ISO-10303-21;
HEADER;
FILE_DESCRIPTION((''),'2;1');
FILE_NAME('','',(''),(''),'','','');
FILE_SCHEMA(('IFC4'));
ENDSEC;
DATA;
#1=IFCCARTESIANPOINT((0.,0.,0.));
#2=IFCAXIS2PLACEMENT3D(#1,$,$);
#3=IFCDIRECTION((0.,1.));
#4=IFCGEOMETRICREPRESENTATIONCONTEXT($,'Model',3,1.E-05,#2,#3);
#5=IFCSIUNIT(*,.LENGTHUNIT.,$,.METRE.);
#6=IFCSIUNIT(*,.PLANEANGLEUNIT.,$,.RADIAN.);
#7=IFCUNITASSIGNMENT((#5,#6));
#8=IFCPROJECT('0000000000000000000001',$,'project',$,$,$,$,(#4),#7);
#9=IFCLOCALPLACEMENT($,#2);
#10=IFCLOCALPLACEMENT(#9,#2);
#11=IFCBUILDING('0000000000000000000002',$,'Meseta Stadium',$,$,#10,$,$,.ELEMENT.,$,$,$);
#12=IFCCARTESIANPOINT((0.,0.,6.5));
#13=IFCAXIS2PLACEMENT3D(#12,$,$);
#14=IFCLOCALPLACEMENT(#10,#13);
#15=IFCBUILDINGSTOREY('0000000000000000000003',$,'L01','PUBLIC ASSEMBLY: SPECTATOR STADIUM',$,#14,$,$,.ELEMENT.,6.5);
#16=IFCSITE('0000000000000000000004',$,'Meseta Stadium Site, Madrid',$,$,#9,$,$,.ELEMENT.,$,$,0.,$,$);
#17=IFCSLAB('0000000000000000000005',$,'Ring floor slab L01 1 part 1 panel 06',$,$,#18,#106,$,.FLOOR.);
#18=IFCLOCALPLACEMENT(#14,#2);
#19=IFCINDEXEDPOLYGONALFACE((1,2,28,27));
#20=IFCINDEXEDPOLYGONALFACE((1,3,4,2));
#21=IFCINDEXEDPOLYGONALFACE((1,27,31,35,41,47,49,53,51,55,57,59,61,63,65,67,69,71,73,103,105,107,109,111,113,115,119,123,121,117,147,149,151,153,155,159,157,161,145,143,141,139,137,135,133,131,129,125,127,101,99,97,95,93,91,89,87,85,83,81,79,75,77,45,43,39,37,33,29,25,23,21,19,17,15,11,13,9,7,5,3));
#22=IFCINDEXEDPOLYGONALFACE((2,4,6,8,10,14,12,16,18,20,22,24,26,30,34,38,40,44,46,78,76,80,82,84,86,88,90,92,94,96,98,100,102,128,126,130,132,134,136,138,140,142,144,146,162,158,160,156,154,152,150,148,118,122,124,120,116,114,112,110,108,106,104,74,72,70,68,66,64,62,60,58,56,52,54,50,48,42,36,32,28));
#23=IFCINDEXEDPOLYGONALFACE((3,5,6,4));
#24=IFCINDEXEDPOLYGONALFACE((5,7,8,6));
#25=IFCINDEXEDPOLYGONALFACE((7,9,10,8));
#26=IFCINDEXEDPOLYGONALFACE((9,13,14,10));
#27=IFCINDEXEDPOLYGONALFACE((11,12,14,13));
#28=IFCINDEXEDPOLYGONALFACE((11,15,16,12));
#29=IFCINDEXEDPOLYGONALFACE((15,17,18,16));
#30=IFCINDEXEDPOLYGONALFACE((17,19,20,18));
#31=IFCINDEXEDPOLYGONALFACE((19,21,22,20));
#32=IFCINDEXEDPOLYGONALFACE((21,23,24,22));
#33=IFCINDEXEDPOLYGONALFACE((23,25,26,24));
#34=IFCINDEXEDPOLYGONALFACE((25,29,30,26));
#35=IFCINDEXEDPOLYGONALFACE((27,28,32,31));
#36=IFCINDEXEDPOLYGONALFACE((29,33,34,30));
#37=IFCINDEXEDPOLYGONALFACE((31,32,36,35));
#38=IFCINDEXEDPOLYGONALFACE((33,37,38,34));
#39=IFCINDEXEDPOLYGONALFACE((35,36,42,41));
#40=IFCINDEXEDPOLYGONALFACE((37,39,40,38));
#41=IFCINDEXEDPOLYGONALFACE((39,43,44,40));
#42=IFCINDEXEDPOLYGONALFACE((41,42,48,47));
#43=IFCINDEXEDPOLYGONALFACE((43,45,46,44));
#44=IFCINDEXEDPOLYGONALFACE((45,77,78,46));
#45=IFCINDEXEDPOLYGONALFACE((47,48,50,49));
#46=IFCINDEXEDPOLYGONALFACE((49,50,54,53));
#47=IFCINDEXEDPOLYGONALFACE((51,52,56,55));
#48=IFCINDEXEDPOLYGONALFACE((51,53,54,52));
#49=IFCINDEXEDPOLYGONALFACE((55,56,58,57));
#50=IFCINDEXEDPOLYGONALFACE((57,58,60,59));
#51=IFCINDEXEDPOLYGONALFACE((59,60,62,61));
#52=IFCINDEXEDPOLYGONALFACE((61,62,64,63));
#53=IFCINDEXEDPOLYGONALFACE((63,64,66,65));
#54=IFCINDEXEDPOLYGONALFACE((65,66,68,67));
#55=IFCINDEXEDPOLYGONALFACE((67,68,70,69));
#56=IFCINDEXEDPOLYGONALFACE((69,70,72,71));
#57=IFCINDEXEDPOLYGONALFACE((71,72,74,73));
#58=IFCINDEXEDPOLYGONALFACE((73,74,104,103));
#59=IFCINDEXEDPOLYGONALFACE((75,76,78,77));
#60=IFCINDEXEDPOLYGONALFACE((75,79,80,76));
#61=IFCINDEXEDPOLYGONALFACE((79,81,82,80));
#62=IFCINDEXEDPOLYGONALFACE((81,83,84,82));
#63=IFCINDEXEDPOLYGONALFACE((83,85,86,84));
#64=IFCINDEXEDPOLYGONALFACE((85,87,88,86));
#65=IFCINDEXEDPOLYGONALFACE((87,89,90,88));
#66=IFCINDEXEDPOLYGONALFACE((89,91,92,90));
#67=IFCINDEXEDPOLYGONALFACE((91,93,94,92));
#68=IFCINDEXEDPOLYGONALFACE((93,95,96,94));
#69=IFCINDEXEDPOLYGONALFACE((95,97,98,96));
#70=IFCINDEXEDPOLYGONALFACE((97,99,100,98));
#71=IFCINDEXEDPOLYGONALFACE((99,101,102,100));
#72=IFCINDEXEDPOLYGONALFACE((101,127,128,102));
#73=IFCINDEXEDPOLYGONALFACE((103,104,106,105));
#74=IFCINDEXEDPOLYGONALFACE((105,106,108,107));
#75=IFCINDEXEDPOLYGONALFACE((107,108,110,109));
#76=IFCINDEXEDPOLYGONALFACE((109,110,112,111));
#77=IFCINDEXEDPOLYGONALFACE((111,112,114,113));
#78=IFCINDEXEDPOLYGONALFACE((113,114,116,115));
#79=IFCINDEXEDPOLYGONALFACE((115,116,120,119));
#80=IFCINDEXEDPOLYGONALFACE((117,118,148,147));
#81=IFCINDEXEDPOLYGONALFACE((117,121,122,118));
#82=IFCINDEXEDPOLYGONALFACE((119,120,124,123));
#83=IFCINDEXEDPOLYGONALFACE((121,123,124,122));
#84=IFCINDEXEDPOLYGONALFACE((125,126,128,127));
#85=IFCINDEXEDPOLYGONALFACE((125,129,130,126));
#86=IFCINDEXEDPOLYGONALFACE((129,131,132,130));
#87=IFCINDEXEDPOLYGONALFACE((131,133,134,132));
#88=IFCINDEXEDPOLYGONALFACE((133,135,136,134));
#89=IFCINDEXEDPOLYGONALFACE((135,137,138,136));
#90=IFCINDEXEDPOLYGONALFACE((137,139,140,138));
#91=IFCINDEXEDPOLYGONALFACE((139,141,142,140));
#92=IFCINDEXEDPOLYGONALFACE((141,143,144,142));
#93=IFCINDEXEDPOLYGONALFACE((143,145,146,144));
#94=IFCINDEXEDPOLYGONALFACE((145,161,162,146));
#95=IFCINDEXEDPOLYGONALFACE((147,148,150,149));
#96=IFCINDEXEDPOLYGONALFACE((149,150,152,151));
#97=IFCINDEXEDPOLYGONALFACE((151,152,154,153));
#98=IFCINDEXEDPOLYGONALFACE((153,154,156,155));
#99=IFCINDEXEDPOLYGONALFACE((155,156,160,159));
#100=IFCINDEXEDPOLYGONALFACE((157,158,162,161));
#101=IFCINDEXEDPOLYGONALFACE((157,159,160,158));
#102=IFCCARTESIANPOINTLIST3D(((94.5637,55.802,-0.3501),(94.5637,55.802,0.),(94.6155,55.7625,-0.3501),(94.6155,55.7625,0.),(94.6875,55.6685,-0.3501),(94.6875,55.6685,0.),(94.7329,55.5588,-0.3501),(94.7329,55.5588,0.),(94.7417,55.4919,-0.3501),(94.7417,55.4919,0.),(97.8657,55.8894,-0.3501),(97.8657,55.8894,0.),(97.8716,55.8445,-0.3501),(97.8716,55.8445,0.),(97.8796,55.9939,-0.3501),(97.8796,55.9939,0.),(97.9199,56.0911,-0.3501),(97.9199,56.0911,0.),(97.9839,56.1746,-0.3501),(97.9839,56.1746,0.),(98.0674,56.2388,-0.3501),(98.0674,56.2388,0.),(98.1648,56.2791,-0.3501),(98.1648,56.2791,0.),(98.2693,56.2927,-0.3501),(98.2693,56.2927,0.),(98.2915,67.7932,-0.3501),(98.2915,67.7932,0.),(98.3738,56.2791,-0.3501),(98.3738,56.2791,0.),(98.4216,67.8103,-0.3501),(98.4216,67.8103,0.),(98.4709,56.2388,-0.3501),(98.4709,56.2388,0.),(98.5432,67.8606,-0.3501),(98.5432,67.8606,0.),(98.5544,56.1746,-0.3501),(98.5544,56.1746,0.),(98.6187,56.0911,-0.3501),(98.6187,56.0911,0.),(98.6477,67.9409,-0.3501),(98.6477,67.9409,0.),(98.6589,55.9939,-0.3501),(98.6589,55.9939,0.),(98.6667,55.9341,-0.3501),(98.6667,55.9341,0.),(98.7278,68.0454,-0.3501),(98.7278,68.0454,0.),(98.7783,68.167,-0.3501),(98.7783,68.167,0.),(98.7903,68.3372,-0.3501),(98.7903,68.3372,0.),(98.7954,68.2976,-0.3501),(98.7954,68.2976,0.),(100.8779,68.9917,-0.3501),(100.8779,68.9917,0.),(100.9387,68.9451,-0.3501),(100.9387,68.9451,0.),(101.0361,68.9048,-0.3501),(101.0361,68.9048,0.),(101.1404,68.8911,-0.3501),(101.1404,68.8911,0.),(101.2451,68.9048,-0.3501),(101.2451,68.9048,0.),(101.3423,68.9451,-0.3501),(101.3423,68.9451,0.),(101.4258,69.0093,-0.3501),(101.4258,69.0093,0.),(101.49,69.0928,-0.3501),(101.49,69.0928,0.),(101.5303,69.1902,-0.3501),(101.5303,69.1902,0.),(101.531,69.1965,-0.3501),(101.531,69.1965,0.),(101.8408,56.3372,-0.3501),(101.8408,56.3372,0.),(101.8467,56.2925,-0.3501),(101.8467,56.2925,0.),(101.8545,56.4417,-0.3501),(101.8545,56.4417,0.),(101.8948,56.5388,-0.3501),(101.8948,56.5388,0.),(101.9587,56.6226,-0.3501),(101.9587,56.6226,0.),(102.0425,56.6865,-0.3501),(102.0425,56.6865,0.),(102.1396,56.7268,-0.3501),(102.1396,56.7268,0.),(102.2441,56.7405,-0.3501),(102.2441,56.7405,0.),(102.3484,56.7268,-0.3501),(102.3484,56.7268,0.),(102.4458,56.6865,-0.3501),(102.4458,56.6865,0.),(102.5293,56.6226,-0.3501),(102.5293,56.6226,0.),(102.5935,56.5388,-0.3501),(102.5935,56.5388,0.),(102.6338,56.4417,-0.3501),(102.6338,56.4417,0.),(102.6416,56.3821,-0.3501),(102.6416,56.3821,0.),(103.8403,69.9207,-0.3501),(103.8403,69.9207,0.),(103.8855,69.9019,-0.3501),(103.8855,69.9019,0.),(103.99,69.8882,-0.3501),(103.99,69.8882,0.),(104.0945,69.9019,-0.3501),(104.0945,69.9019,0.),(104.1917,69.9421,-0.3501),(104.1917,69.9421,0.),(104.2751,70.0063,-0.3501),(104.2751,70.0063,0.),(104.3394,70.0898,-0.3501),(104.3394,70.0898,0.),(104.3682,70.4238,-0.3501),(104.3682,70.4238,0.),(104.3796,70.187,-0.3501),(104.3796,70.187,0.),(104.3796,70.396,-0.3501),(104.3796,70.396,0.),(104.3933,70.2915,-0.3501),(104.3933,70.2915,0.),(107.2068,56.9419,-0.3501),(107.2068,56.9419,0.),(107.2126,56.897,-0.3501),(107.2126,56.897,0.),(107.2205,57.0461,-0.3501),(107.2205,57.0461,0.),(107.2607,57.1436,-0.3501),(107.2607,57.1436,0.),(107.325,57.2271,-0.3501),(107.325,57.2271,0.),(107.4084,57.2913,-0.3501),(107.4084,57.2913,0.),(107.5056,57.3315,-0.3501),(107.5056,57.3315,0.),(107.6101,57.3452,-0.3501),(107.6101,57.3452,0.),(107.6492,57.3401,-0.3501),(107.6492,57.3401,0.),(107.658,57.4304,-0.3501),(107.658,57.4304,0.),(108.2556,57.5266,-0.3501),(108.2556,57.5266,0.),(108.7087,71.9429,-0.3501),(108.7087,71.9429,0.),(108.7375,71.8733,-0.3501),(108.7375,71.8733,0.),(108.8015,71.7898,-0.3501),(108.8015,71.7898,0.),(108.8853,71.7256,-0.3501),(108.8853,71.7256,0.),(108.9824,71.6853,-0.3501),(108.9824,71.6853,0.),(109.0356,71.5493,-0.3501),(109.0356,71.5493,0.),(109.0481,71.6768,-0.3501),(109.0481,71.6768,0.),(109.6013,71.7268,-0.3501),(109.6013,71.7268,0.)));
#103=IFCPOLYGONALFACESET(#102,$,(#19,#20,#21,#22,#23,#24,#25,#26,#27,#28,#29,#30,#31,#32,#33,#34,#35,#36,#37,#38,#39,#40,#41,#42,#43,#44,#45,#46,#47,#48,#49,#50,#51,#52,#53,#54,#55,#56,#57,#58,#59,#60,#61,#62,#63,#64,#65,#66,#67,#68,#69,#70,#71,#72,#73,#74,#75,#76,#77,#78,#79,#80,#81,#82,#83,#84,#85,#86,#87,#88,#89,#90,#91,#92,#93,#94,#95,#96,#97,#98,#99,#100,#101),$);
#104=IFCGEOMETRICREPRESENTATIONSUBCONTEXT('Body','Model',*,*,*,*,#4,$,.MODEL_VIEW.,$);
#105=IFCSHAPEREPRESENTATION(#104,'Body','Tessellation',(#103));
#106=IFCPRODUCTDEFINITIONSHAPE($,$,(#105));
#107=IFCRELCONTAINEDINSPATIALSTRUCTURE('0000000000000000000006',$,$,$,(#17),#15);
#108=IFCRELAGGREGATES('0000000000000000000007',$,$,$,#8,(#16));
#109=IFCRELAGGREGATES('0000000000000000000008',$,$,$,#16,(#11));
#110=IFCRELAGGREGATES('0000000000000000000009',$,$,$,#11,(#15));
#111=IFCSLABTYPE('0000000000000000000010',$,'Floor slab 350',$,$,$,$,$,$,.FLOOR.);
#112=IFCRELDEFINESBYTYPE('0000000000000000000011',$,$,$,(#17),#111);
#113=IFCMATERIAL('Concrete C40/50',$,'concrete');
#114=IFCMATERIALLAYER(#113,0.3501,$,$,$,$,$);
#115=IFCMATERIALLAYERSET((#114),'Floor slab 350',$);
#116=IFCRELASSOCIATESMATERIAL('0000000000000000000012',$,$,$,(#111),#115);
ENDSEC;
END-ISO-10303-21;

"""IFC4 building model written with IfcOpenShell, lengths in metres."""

from ifc_helpers import new_model, si_unit, direction, frame, origin, place, context, subcontext, project, spatial, polyline, outline, extrude, material, layer, layer_set, type_object, element, save


model = new_model("IFC4")

# Units and contexts
model_context = context("Model", 3, precision=1e-05, world=origin(), true_north=direction((0.0, 1.0)))
body_context = subcontext(model_context, "Body", "Model", "MODEL_VIEW")
ifc_project = project(units=[si_unit("LENGTHUNIT", "METRE"), si_unit("PLANEANGLEUNIT", "RADIAN")], contexts=[model_context])

# Site, building, storey
site_placement = place(None, origin())
site = spatial("IfcSite", under=ifc_project, at=site_placement, Name="Meseta Stadium Site, Madrid", CompositionType="ELEMENT", RefElevation=0.0)
building_placement = place(site_placement, origin())
building = spatial("IfcBuilding", under=site, at=building_placement, Name="Meseta Stadium", CompositionType="ELEMENT")
storey_placement = place(building_placement, frame((0.0, 0.0, 6.5)))
storey = spatial("IfcBuildingStorey", under=building, at=storey_placement, Name="L01", Description="PUBLIC ASSEMBLY: SPECTATOR STADIUM", CompositionType="ELEMENT", Elevation=6.5)

# Slab
ifc_material_1 = material(Name="Concrete C40/50", Category="concrete")
ifc_layer_1 = layer(ifc_material_1, 0.3501)
ifc_layer_set_1 = layer_set([ifc_layer_1], Name="Floor slab 350")
slab_type_1 = type_object("IfcSlabType", Name="Floor slab 350", PredefinedType="FLOOR", material=ifc_layer_set_1)
slab_1_placement = place(storey_placement, frame((0.0, 0.0, -0.3501)))
element("IfcSlab", 1, at=slab_1_placement, inside=storey, type_object=slab_type_1, Name="Ring floor slab L01 1 part 1 panel 06", PredefinedType="FLOOR", context=body_context, shape_type="SweptSolid", body=[
    extrude(outline(polyline([(94.7417, 55.4919), (97.8716, 55.8445), (97.8657, 55.8894), (97.8796, 55.9939), (97.9199, 56.0911), (97.9839, 56.1746), (98.0674, 56.2388), (98.1648, 56.2791), (98.2693, 56.2927), (98.3738, 56.2791), (98.4709, 56.2388), (98.5544, 56.1746), (98.6187, 56.0911), (98.6589, 55.9939), (98.6667, 55.9341), (101.8467, 56.2925), (101.8408, 56.3372), (101.8545, 56.4417), (101.8948, 56.5388), (101.9587, 56.6226), (102.0425, 56.6865), (102.1396, 56.7268), (102.2441, 56.7405), (102.3484, 56.7268), (102.4458, 56.6865), (102.5293, 56.6226), (102.5935, 56.5388), (102.6338, 56.4417), (102.6416, 56.3821), (107.2126, 56.897), (107.2068, 56.9419), (107.2205, 57.0461), (107.2607, 57.1436), (107.325, 57.2271), (107.4084, 57.2913), (107.5056, 57.3315), (107.6101, 57.3452), (107.6492, 57.3401), (107.658, 57.4304), (108.2556, 57.5266), (109.6013, 71.7268), (109.0356, 71.5493), (109.0481, 71.6768), (108.9824, 71.6853), (108.8853, 71.7256), (108.8015, 71.7898), (108.7375, 71.8733), (108.7087, 71.9429), (104.3682, 70.4238), (104.3796, 70.396), (104.3933, 70.2915), (104.3796, 70.187), (104.3394, 70.0898), (104.2751, 70.0063), (104.1917, 69.9421), (104.0945, 69.9019), (103.99, 69.8882), (103.8855, 69.9019), (103.8403, 69.9207), (101.531, 69.1965), (101.5303, 69.1902), (101.49, 69.0928), (101.4258, 69.0093), (101.3423, 68.9451), (101.2451, 68.9048), (101.1404, 68.8911), (101.0361, 68.9048), (100.9387, 68.9451), (100.8779, 68.9917), (98.7903, 68.3372), (98.7954, 68.2976), (98.7783, 68.167), (98.7278, 68.0454), (98.6477, 67.9409), (98.5432, 67.8606), (98.4216, 67.8103), (98.2915, 67.7932), (94.5637, 55.802), (94.6155, 55.7625), (94.6875, 55.6685), (94.7329, 55.5588), (94.7417, 55.4919)])), origin(), (0.0, 0.0, 1.0), 0.3501),
])

save(model, "model.ifc")
